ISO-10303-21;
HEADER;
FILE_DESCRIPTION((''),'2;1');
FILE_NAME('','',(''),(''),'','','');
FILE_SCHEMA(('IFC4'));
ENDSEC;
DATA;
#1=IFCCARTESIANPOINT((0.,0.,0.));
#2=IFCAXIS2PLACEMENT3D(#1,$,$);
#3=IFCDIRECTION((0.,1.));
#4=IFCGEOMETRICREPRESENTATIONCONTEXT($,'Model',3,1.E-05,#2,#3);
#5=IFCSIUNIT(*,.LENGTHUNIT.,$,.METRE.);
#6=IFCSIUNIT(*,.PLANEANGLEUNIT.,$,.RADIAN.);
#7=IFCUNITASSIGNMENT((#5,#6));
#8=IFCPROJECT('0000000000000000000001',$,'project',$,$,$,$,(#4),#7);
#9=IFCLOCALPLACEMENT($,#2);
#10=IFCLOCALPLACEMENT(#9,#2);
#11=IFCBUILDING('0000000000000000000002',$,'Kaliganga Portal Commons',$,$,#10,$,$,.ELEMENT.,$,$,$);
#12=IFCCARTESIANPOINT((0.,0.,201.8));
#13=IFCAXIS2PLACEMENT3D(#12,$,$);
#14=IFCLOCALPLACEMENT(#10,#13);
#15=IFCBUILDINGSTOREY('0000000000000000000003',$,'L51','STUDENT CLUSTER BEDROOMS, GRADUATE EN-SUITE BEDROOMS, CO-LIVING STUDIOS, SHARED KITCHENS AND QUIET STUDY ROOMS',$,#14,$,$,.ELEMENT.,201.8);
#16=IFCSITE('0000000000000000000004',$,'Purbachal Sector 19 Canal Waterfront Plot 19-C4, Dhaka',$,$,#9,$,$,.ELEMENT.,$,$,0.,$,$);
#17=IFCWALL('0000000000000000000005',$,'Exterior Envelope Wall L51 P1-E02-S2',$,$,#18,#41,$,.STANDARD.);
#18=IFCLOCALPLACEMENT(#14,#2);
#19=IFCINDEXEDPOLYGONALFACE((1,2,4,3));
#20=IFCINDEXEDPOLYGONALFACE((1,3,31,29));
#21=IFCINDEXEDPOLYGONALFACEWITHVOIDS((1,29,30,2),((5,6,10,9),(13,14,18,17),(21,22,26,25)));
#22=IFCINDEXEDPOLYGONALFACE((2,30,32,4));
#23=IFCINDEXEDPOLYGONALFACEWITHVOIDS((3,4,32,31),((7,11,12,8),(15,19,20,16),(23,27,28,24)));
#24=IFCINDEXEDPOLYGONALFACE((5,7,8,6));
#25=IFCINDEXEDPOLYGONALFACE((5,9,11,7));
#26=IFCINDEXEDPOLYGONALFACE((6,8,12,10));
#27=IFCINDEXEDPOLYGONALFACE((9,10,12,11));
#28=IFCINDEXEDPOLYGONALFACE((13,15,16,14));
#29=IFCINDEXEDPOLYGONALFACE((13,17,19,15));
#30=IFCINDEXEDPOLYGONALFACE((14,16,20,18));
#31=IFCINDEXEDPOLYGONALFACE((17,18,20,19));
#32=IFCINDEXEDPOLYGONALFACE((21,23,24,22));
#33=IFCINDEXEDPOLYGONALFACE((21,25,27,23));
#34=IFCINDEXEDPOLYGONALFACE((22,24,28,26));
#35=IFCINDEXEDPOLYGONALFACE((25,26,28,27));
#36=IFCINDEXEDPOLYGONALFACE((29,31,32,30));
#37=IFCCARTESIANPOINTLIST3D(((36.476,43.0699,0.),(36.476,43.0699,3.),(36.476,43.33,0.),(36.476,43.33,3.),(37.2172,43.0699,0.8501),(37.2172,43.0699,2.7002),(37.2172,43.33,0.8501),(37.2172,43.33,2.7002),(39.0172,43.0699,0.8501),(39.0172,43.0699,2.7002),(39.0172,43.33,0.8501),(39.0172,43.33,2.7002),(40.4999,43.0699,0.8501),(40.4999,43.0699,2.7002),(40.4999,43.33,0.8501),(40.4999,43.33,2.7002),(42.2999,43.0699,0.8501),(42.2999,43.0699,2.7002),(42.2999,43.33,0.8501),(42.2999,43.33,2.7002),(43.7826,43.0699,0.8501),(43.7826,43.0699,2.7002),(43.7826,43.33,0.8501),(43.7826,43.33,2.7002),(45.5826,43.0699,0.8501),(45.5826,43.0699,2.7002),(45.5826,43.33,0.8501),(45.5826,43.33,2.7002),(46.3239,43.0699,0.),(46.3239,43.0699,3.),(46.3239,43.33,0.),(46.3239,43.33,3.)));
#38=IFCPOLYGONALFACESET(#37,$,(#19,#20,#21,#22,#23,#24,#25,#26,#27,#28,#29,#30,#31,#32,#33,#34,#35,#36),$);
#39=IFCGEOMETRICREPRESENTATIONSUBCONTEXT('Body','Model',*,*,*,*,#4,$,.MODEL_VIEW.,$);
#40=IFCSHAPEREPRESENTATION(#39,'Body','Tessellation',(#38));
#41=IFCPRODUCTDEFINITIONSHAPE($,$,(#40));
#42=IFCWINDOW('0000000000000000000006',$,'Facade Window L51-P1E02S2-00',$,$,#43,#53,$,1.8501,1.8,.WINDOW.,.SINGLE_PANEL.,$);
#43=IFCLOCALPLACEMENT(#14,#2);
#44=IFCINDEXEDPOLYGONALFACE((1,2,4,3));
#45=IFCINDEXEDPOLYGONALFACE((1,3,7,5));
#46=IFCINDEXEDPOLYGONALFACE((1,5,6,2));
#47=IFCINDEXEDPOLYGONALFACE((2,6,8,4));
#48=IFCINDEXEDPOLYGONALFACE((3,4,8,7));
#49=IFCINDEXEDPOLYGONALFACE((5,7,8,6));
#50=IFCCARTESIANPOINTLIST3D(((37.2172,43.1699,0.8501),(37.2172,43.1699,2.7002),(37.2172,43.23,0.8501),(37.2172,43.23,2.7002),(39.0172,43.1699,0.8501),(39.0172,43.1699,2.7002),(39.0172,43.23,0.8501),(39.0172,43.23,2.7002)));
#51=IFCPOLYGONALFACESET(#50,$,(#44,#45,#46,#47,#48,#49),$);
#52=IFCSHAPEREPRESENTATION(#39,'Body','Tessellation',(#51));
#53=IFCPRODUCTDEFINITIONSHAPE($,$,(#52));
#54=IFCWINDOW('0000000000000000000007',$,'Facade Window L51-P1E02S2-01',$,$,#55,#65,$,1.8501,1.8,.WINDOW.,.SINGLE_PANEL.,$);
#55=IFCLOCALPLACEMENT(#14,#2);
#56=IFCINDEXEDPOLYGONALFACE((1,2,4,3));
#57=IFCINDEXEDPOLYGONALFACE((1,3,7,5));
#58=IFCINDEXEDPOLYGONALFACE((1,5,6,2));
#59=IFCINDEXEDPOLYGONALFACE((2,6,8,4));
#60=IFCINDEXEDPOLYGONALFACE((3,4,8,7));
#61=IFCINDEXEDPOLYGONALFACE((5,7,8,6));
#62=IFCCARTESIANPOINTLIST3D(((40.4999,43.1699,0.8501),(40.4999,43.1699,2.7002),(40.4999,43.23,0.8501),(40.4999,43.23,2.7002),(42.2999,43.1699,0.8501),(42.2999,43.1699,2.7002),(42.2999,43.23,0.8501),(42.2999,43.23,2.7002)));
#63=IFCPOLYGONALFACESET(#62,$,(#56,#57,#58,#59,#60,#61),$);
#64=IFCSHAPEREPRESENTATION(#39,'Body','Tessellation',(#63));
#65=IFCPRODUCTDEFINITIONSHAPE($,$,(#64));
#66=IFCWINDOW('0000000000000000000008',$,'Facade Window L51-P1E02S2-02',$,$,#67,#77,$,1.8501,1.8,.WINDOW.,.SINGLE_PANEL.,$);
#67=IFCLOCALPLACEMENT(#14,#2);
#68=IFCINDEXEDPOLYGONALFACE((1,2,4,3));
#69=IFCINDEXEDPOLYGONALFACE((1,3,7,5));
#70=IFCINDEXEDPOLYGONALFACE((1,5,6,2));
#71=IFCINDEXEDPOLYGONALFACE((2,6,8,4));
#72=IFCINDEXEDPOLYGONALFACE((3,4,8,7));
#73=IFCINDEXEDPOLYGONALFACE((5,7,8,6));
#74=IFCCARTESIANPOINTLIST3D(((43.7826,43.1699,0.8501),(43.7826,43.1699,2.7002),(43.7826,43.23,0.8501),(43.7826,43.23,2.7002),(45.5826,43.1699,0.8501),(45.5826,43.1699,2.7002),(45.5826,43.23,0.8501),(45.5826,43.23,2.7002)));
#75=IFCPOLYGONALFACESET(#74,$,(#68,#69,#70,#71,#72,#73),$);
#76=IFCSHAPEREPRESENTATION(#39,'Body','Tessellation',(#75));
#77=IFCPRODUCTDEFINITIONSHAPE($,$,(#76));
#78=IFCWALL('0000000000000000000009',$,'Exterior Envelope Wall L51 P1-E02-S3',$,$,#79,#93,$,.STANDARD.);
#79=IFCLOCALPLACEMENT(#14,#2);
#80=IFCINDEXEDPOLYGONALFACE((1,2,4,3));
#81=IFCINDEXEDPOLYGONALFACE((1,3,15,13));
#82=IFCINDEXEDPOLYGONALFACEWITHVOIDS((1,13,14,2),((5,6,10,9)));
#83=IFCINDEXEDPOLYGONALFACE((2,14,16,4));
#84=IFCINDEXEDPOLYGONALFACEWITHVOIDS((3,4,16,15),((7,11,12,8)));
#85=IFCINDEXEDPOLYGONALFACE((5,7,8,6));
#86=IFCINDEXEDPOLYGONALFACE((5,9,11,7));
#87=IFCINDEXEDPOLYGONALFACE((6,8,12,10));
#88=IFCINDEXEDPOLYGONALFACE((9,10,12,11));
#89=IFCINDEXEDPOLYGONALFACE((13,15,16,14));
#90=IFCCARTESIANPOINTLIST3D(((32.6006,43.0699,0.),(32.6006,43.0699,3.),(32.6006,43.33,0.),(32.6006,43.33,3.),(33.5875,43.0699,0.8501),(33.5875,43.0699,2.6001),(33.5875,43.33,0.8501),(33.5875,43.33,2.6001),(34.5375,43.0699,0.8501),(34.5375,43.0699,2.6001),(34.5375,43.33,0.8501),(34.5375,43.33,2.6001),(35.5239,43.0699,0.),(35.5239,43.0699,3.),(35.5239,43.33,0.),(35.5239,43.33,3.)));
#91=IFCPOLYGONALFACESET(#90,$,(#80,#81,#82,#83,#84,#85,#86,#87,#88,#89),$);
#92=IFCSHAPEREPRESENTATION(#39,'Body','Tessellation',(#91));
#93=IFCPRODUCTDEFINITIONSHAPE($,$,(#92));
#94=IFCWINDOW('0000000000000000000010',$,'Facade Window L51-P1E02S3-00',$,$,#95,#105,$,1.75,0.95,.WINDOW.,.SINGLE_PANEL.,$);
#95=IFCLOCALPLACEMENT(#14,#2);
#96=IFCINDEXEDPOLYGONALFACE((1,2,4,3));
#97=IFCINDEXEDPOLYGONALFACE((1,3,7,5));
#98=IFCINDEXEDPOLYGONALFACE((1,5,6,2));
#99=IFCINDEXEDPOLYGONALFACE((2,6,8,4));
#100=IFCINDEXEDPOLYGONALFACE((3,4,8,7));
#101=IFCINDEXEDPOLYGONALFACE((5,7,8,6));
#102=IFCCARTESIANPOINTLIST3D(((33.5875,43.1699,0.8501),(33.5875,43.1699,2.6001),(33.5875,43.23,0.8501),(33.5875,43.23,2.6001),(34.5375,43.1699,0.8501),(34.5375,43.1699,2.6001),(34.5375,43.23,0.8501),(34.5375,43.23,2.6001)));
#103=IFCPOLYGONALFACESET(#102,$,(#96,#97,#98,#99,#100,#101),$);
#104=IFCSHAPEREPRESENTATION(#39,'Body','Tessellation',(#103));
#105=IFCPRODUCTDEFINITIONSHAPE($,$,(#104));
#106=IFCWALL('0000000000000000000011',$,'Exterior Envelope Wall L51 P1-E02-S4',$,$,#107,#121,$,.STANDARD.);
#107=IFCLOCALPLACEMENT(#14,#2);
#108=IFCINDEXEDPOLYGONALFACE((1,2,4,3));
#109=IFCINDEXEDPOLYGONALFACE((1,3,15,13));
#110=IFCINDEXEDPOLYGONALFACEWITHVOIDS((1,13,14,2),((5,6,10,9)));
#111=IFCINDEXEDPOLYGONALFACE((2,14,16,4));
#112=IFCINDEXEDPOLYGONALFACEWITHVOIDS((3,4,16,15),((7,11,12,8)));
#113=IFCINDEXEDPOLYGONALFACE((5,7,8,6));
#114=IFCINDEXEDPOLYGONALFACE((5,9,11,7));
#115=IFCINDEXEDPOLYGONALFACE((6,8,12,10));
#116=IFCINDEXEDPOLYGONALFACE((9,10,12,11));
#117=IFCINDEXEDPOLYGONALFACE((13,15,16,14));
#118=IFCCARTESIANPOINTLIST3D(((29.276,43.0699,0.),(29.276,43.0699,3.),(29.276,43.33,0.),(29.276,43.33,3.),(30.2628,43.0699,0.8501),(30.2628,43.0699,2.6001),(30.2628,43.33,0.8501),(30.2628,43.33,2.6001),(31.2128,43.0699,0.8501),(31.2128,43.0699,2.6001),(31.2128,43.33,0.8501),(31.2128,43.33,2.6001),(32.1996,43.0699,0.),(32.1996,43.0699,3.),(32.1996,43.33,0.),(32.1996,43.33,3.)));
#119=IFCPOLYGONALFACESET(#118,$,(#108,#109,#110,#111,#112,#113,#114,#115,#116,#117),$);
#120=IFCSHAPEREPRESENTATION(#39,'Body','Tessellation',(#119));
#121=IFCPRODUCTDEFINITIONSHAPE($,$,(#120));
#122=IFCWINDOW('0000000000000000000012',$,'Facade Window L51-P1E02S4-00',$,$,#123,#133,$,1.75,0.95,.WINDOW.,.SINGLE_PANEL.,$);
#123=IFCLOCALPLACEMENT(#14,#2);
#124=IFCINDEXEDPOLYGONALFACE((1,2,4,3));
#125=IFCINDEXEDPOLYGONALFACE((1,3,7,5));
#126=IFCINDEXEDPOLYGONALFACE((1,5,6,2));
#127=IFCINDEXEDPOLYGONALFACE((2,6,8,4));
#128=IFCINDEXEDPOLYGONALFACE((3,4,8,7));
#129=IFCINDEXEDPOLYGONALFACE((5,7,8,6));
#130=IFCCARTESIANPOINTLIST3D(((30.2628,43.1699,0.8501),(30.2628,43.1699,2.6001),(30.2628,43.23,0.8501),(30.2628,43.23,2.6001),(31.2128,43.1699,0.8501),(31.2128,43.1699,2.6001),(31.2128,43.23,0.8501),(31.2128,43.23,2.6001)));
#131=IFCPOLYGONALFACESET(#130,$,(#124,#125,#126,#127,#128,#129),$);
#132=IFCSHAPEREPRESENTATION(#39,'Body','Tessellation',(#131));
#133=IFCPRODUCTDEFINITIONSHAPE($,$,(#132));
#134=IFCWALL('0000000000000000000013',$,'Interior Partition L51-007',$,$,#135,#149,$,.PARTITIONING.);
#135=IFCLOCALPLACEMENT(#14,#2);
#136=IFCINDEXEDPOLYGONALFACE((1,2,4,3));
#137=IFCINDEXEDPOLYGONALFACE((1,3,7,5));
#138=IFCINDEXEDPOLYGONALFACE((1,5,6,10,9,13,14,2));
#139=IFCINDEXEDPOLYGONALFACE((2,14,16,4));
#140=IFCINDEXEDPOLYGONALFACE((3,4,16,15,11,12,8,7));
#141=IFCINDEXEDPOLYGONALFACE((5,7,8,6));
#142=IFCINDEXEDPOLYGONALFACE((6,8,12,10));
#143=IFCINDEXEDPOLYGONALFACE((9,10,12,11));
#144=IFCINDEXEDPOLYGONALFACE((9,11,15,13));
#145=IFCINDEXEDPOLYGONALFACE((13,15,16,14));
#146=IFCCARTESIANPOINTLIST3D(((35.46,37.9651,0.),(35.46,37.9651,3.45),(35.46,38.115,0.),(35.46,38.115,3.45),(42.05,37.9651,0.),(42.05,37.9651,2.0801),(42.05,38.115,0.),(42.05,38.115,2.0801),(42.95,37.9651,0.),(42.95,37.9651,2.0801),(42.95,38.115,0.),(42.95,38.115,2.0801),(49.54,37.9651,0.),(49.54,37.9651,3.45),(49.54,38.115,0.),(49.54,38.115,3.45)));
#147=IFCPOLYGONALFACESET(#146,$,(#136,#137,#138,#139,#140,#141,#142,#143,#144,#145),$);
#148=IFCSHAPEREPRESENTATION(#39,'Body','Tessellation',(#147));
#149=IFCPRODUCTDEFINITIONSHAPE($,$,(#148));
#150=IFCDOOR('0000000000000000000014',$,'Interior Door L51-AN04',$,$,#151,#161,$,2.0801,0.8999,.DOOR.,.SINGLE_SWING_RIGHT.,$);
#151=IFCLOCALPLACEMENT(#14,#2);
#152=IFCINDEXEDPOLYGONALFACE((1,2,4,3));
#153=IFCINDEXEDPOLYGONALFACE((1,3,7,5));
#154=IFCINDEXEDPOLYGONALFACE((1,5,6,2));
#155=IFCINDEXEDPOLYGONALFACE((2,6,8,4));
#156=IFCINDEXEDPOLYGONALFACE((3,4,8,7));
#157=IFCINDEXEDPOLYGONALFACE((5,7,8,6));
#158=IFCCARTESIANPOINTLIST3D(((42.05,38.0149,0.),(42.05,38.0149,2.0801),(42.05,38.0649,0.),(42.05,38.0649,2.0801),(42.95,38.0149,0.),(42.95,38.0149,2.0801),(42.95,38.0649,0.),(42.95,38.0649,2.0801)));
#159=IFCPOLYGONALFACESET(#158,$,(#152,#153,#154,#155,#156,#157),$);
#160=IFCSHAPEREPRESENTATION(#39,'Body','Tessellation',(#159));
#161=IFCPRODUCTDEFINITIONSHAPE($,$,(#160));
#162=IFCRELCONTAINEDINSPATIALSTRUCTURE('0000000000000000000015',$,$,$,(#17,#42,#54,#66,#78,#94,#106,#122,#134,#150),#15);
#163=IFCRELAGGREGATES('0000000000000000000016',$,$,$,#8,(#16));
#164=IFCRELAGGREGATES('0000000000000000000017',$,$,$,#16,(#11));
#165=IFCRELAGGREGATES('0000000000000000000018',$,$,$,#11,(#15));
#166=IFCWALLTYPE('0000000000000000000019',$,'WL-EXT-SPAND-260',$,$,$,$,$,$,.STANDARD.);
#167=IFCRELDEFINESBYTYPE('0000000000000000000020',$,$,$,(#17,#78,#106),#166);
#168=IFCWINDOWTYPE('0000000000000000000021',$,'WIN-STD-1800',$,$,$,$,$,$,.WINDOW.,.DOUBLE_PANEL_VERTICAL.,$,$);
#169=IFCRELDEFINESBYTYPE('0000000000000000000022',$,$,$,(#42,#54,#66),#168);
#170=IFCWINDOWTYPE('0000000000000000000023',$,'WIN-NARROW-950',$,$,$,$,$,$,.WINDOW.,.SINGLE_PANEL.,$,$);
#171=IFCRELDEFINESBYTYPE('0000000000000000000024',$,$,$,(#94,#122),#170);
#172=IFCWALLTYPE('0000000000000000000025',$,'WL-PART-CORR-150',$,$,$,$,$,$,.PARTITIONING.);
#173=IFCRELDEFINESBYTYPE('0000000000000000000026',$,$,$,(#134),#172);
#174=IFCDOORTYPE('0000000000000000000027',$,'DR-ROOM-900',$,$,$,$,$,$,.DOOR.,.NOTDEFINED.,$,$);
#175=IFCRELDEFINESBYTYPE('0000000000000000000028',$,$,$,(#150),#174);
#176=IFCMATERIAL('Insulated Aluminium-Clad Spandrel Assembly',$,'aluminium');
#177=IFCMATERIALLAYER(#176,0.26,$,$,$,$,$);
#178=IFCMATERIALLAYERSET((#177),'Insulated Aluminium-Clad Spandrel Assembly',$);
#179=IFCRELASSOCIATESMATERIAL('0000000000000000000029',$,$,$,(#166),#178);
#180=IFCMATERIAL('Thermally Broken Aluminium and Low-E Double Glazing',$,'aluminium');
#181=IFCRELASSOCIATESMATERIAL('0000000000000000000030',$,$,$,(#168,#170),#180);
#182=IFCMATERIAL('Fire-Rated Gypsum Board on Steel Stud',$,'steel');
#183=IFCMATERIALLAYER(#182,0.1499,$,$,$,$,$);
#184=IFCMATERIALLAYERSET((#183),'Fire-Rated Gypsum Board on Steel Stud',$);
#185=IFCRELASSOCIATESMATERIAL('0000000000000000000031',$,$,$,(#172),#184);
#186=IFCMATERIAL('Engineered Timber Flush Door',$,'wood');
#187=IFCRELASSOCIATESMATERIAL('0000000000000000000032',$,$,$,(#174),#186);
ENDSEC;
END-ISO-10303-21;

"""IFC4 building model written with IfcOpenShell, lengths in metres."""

from ifc_helpers import new_model, si_unit, direction, frame, frame_2d, origin, place, context, subcontext, project, spatial, rectangle, extrude, material, layer, layer_set, type_object, element, fill, save


model = new_model("IFC4")

# Units and contexts
model_context = context("Model", 3, precision=1e-05, world=origin(), true_north=direction((0.0, 1.0)))
body_context = subcontext(model_context, "Body", "Model", "MODEL_VIEW")
ifc_project = project(units=[si_unit("LENGTHUNIT", "METRE"), si_unit("PLANEANGLEUNIT", "RADIAN")], contexts=[model_context])

# Site, building, storey
site_placement = place(None, origin())
site = spatial("IfcSite", under=ifc_project, at=site_placement, Name="Purbachal Sector 19 Canal Waterfront Plot 19-C4, Dhaka", CompositionType="ELEMENT", RefElevation=0.0)
building_placement = place(site_placement, origin())
building = spatial("IfcBuilding", under=site, at=building_placement, Name="Kaliganga Portal Commons", CompositionType="ELEMENT")
storey_placement = place(building_placement, frame((0.0, 0.0, 201.8)))
storey = spatial("IfcBuildingStorey", under=building, at=storey_placement, Name="L51", Description="STUDENT CLUSTER BEDROOMS, GRADUATE EN-SUITE BEDROOMS, CO-LIVING STUDIOS, SHARED KITCHENS AND QUIET STUDY ROOMS", CompositionType="ELEMENT", Elevation=201.8)

# Wall, openings, windows
ifc_material_1 = material(Name="Insulated Aluminium-Clad Spandrel Assembly", Category="aluminium")
ifc_layer_1 = layer(ifc_material_1, 0.26)
ifc_layer_set_1 = layer_set([ifc_layer_1], Name="Insulated Aluminium-Clad Spandrel Assembly")
wall_type_1 = type_object("IfcWallType", Name="WL-EXT-SPAND-260", PredefinedType="STANDARD", material=ifc_layer_set_1)
wall_1_placement = place(storey_placement, frame((36.4761, 43.2, 0.0), z_axis=(0.0, 0.0, 1.0), x_axis=(1.0, 0.0, 0.0)))
wall_1 = element("IfcWall", 1, at=wall_1_placement, inside=storey, type_object=wall_type_1, Name="Exterior Envelope Wall L51 P1-E02-S2", PredefinedType="STANDARD", context=body_context, shape_type="SweptSolid", body=[
    extrude(rectangle(XDim=9.8479, YDim=0.26, at=frame_2d((4.9238, 0.0))), origin(), (0.0, 0.0, 1.0), 3.0),
])
opening_1_placement = place(wall_1_placement, frame((0.7412, 0.0, 0.8501)))
opening_1 = element("IfcOpeningElement", 2, at=opening_1_placement, cuts=wall_1, PredefinedType="OPENING", context=body_context, shape_type="SweptSolid", body=[
    extrude(rectangle(XDim=1.8, YDim=1.8501, at=frame_2d((0.8999, 0.925))), frame((0.0, 0.1401, 0.0), z_axis=(0.0, -1.0, 0.0), x_axis=(1.0, 0.0, 0.0)), (0.0, 0.0, 1.0), 0.28),
])
opening_2_placement = place(wall_1_placement, frame((4.0239, 0.0, 0.8501)))
opening_2 = element("IfcOpeningElement", 3, at=opening_2_placement, cuts=wall_1, PredefinedType="OPENING", context=body_context, shape_type="SweptSolid", body=[
    extrude(rectangle(XDim=1.8, YDim=1.8501, at=frame_2d((0.8999, 0.925))), frame((0.0, 0.1401, 0.0), z_axis=(0.0, -1.0, 0.0), x_axis=(1.0, 0.0, 0.0)), (0.0, 0.0, 1.0), 0.28),
])
opening_3_placement = place(wall_1_placement, frame((7.3066, 0.0, 0.8501)))
opening_3 = element("IfcOpeningElement", 4, at=opening_3_placement, cuts=wall_1, PredefinedType="OPENING", context=body_context, shape_type="SweptSolid", body=[
    extrude(rectangle(XDim=1.8, YDim=1.8501, at=frame_2d((0.8999, 0.925))), frame((0.0, 0.1401, 0.0), z_axis=(0.0, -1.0, 0.0), x_axis=(1.0, 0.0, 0.0)), (0.0, 0.0, 1.0), 0.28),
])
ifc_material_2 = material(Name="Thermally Broken Aluminium and Low-E Double Glazing", Category="aluminium")
window_type_1 = type_object("IfcWindowType", Name="WIN-STD-1800", PartitioningType="DOUBLE_PANEL_VERTICAL", PredefinedType="WINDOW", material=ifc_material_2)
window_1_placement = place(opening_1_placement, origin())
window_1 = element("IfcWindow", 5, at=window_1_placement, inside=storey, type_object=window_type_1, Name="Facade Window L51-P1E02S2-00", OverallHeight=1.8501, OverallWidth=1.8, PartitioningType="SINGLE_PANEL", PredefinedType="WINDOW", context=body_context, shape_type="SweptSolid", body=[
    extrude(rectangle(XDim=1.8, YDim=1.8501, at=frame_2d((0.8999, 0.925))), frame((0.0, 0.03, 0.0), z_axis=(0.0, -1.0, 0.0), x_axis=(1.0, 0.0, 0.0)), (0.0, 0.0, 1.0), 0.0601),
])
fill(opening_1, window_1)
window_2_placement = place(opening_2_placement, origin())
window_2 = element("IfcWindow", 6, at=window_2_placement, inside=storey, type_object=window_type_1, Name="Facade Window L51-P1E02S2-01", OverallHeight=1.8501, OverallWidth=1.8, PartitioningType="SINGLE_PANEL", PredefinedType="WINDOW", context=body_context, shape_type="SweptSolid", body=[
    extrude(rectangle(XDim=1.8, YDim=1.8501, at=frame_2d((0.8999, 0.925))), frame((0.0, 0.03, 0.0), z_axis=(0.0, -1.0, 0.0), x_axis=(1.0, 0.0, 0.0)), (0.0, 0.0, 1.0), 0.0601),
])
fill(opening_2, window_2)
window_3_placement = place(opening_3_placement, origin())
window_3 = element("IfcWindow", 7, at=window_3_placement, inside=storey, type_object=window_type_1, Name="Facade Window L51-P1E02S2-02", OverallHeight=1.8501, OverallWidth=1.8, PartitioningType="SINGLE_PANEL", PredefinedType="WINDOW", context=body_context, shape_type="SweptSolid", body=[
    extrude(rectangle(XDim=1.8, YDim=1.8501, at=frame_2d((0.8999, 0.925))), frame((0.0, 0.03, 0.0), z_axis=(0.0, -1.0, 0.0), x_axis=(1.0, 0.0, 0.0)), (0.0, 0.0, 1.0), 0.0601),
])
fill(opening_3, window_3)

# Walls, openings, windows
wall_2_placement = place(storey_placement, frame((32.6006, 43.2, 0.0), z_axis=(0.0, 0.0, 1.0), x_axis=(1.0, 0.0, 0.0)))
wall_2 = element("IfcWall", 8, at=wall_2_placement, inside=storey, type_object=wall_type_1, Name="Exterior Envelope Wall L51 P1-E02-S3", PredefinedType="STANDARD", context=body_context, shape_type="SweptSolid", body=[
    extrude(rectangle(XDim=2.9233, YDim=0.26, at=frame_2d((1.4617, 0.0))), origin(), (0.0, 0.0, 1.0), 3.0),
])
opening_4_placement = place(wall_2_placement, frame((0.9868, 0.0, 0.8501)))
opening_4 = element("IfcOpeningElement", 9, at=opening_4_placement, cuts=wall_2, PredefinedType="OPENING", context=body_context, shape_type="SweptSolid", body=[
    extrude(rectangle(XDim=0.95, YDim=1.75, at=frame_2d((0.4751, 0.875))), frame((0.0, 0.1401, 0.0), z_axis=(0.0, -1.0, 0.0), x_axis=(1.0, 0.0, 0.0)), (0.0, 0.0, 1.0), 0.28),
])
window_type_2 = type_object("IfcWindowType", Name="WIN-NARROW-950", PartitioningType="SINGLE_PANEL", PredefinedType="WINDOW", material=ifc_material_2)
window_4_placement = place(opening_4_placement, origin())
window_4 = element("IfcWindow", 10, at=window_4_placement, inside=storey, type_object=window_type_2, Name="Facade Window L51-P1E02S3-00", OverallHeight=1.75, OverallWidth=0.95, PartitioningType="SINGLE_PANEL", PredefinedType="WINDOW", context=body_context, shape_type="SweptSolid", body=[
    extrude(rectangle(XDim=0.95, YDim=1.75, at=frame_2d((0.4751, 0.875))), frame((0.0, 0.03, 0.0), z_axis=(0.0, -1.0, 0.0), x_axis=(1.0, 0.0, 0.0)), (0.0, 0.0, 1.0), 0.0601),
])
fill(opening_4, window_4)
wall_3_placement = place(storey_placement, frame((29.2759, 43.2, 0.0), z_axis=(0.0, 0.0, 1.0), x_axis=(1.0, 0.0, 0.0)))
wall_3 = element("IfcWall", 11, at=wall_3_placement, inside=storey, type_object=wall_type_1, Name="Exterior Envelope Wall L51 P1-E02-S4", PredefinedType="STANDARD", context=body_context, shape_type="SweptSolid", body=[
    extrude(rectangle(XDim=2.9236, YDim=0.26, at=frame_2d((1.4619, 0.0))), origin(), (0.0, 0.0, 1.0), 3.0),
])
opening_5_placement = place(wall_3_placement, frame((0.9868, 0.0, 0.8501)))
opening_5 = element("IfcOpeningElement", 12, at=opening_5_placement, cuts=wall_3, PredefinedType="OPENING", context=body_context, shape_type="SweptSolid", body=[
    extrude(rectangle(XDim=0.95, YDim=1.75, at=frame_2d((0.4751, 0.875))), frame((0.0, 0.1401, 0.0), z_axis=(0.0, -1.0, 0.0), x_axis=(1.0, 0.0, 0.0)), (0.0, 0.0, 1.0), 0.28),
])
window_5_placement = place(opening_5_placement, origin())
window_5 = element("IfcWindow", 13, at=window_5_placement, inside=storey, type_object=window_type_2, Name="Facade Window L51-P1E02S4-00", OverallHeight=1.75, OverallWidth=0.95, PartitioningType="SINGLE_PANEL", PredefinedType="WINDOW", context=body_context, shape_type="SweptSolid", body=[
    extrude(rectangle(XDim=0.95, YDim=1.75, at=frame_2d((0.4751, 0.875))), frame((0.0, 0.03, 0.0), z_axis=(0.0, -1.0, 0.0), x_axis=(1.0, 0.0, 0.0)), (0.0, 0.0, 1.0), 0.0601),
])
fill(opening_5, window_5)

# Wall, opening, door
ifc_material_3 = material(Name="Fire-Rated Gypsum Board on Steel Stud", Category="steel")
ifc_layer_2 = layer(ifc_material_3, 0.1499)
ifc_layer_set_2 = layer_set([ifc_layer_2], Name="Fire-Rated Gypsum Board on Steel Stud")
wall_type_2 = type_object("IfcWallType", Name="WL-PART-CORR-150", PredefinedType="PARTITIONING", material=ifc_layer_set_2)
wall_4_placement = place(storey_placement, frame((35.46, 38.04, 0.0), z_axis=(0.0, 0.0, 1.0), x_axis=(1.0, 0.0, 0.0)))
wall_4 = element("IfcWall", 14, at=wall_4_placement, inside=storey, type_object=wall_type_2, Name="Interior Partition L51-007", PredefinedType="PARTITIONING", context=body_context, shape_type="SweptSolid", body=[
    extrude(rectangle(XDim=14.0801, YDim=0.1499, at=frame_2d((7.04, 0.0))), origin(), (0.0, 0.0, 1.0), 3.45),
])
opening_6_placement = place(wall_4_placement, frame((6.5901, 0.0, 0.0)))
opening_6 = element("IfcOpeningElement", 15, at=opening_6_placement, cuts=wall_4, PredefinedType="OPENING", context=body_context, shape_type="SweptSolid", body=[
    extrude(rectangle(XDim=0.8999, YDim=2.0801, at=frame_2d((0.45, 1.04))), frame((0.0, 0.085, 0.0), z_axis=(0.0, -1.0, 0.0), x_axis=(1.0, 0.0, 0.0)), (0.0, 0.0, 1.0), 0.1699),
])
ifc_material_4 = material(Name="Engineered Timber Flush Door", Category="wood")
door_type_1 = type_object("IfcDoorType", Name="DR-ROOM-900", OperationType="NOTDEFINED", PredefinedType="DOOR", material=ifc_material_4)
door_1_placement = place(opening_6_placement, origin())
door_1 = element("IfcDoor", 16, at=door_1_placement, inside=storey, type_object=door_type_1, Name="Interior Door L51-AN04", OperationType="SINGLE_SWING_RIGHT", OverallHeight=2.0801, OverallWidth=0.8999, PredefinedType="DOOR", context=body_context, shape_type="SweptSolid", body=[
    extrude(rectangle(XDim=0.8999, YDim=2.0801, at=frame_2d((0.45, 1.04))), frame((0.0, 0.0249, 0.0), z_axis=(0.0, -1.0, 0.0), x_axis=(1.0, 0.0, 0.0)), (0.0, 0.0, 1.0), 0.05),
])
fill(opening_6, door_1)

save(model, "model.ifc")
